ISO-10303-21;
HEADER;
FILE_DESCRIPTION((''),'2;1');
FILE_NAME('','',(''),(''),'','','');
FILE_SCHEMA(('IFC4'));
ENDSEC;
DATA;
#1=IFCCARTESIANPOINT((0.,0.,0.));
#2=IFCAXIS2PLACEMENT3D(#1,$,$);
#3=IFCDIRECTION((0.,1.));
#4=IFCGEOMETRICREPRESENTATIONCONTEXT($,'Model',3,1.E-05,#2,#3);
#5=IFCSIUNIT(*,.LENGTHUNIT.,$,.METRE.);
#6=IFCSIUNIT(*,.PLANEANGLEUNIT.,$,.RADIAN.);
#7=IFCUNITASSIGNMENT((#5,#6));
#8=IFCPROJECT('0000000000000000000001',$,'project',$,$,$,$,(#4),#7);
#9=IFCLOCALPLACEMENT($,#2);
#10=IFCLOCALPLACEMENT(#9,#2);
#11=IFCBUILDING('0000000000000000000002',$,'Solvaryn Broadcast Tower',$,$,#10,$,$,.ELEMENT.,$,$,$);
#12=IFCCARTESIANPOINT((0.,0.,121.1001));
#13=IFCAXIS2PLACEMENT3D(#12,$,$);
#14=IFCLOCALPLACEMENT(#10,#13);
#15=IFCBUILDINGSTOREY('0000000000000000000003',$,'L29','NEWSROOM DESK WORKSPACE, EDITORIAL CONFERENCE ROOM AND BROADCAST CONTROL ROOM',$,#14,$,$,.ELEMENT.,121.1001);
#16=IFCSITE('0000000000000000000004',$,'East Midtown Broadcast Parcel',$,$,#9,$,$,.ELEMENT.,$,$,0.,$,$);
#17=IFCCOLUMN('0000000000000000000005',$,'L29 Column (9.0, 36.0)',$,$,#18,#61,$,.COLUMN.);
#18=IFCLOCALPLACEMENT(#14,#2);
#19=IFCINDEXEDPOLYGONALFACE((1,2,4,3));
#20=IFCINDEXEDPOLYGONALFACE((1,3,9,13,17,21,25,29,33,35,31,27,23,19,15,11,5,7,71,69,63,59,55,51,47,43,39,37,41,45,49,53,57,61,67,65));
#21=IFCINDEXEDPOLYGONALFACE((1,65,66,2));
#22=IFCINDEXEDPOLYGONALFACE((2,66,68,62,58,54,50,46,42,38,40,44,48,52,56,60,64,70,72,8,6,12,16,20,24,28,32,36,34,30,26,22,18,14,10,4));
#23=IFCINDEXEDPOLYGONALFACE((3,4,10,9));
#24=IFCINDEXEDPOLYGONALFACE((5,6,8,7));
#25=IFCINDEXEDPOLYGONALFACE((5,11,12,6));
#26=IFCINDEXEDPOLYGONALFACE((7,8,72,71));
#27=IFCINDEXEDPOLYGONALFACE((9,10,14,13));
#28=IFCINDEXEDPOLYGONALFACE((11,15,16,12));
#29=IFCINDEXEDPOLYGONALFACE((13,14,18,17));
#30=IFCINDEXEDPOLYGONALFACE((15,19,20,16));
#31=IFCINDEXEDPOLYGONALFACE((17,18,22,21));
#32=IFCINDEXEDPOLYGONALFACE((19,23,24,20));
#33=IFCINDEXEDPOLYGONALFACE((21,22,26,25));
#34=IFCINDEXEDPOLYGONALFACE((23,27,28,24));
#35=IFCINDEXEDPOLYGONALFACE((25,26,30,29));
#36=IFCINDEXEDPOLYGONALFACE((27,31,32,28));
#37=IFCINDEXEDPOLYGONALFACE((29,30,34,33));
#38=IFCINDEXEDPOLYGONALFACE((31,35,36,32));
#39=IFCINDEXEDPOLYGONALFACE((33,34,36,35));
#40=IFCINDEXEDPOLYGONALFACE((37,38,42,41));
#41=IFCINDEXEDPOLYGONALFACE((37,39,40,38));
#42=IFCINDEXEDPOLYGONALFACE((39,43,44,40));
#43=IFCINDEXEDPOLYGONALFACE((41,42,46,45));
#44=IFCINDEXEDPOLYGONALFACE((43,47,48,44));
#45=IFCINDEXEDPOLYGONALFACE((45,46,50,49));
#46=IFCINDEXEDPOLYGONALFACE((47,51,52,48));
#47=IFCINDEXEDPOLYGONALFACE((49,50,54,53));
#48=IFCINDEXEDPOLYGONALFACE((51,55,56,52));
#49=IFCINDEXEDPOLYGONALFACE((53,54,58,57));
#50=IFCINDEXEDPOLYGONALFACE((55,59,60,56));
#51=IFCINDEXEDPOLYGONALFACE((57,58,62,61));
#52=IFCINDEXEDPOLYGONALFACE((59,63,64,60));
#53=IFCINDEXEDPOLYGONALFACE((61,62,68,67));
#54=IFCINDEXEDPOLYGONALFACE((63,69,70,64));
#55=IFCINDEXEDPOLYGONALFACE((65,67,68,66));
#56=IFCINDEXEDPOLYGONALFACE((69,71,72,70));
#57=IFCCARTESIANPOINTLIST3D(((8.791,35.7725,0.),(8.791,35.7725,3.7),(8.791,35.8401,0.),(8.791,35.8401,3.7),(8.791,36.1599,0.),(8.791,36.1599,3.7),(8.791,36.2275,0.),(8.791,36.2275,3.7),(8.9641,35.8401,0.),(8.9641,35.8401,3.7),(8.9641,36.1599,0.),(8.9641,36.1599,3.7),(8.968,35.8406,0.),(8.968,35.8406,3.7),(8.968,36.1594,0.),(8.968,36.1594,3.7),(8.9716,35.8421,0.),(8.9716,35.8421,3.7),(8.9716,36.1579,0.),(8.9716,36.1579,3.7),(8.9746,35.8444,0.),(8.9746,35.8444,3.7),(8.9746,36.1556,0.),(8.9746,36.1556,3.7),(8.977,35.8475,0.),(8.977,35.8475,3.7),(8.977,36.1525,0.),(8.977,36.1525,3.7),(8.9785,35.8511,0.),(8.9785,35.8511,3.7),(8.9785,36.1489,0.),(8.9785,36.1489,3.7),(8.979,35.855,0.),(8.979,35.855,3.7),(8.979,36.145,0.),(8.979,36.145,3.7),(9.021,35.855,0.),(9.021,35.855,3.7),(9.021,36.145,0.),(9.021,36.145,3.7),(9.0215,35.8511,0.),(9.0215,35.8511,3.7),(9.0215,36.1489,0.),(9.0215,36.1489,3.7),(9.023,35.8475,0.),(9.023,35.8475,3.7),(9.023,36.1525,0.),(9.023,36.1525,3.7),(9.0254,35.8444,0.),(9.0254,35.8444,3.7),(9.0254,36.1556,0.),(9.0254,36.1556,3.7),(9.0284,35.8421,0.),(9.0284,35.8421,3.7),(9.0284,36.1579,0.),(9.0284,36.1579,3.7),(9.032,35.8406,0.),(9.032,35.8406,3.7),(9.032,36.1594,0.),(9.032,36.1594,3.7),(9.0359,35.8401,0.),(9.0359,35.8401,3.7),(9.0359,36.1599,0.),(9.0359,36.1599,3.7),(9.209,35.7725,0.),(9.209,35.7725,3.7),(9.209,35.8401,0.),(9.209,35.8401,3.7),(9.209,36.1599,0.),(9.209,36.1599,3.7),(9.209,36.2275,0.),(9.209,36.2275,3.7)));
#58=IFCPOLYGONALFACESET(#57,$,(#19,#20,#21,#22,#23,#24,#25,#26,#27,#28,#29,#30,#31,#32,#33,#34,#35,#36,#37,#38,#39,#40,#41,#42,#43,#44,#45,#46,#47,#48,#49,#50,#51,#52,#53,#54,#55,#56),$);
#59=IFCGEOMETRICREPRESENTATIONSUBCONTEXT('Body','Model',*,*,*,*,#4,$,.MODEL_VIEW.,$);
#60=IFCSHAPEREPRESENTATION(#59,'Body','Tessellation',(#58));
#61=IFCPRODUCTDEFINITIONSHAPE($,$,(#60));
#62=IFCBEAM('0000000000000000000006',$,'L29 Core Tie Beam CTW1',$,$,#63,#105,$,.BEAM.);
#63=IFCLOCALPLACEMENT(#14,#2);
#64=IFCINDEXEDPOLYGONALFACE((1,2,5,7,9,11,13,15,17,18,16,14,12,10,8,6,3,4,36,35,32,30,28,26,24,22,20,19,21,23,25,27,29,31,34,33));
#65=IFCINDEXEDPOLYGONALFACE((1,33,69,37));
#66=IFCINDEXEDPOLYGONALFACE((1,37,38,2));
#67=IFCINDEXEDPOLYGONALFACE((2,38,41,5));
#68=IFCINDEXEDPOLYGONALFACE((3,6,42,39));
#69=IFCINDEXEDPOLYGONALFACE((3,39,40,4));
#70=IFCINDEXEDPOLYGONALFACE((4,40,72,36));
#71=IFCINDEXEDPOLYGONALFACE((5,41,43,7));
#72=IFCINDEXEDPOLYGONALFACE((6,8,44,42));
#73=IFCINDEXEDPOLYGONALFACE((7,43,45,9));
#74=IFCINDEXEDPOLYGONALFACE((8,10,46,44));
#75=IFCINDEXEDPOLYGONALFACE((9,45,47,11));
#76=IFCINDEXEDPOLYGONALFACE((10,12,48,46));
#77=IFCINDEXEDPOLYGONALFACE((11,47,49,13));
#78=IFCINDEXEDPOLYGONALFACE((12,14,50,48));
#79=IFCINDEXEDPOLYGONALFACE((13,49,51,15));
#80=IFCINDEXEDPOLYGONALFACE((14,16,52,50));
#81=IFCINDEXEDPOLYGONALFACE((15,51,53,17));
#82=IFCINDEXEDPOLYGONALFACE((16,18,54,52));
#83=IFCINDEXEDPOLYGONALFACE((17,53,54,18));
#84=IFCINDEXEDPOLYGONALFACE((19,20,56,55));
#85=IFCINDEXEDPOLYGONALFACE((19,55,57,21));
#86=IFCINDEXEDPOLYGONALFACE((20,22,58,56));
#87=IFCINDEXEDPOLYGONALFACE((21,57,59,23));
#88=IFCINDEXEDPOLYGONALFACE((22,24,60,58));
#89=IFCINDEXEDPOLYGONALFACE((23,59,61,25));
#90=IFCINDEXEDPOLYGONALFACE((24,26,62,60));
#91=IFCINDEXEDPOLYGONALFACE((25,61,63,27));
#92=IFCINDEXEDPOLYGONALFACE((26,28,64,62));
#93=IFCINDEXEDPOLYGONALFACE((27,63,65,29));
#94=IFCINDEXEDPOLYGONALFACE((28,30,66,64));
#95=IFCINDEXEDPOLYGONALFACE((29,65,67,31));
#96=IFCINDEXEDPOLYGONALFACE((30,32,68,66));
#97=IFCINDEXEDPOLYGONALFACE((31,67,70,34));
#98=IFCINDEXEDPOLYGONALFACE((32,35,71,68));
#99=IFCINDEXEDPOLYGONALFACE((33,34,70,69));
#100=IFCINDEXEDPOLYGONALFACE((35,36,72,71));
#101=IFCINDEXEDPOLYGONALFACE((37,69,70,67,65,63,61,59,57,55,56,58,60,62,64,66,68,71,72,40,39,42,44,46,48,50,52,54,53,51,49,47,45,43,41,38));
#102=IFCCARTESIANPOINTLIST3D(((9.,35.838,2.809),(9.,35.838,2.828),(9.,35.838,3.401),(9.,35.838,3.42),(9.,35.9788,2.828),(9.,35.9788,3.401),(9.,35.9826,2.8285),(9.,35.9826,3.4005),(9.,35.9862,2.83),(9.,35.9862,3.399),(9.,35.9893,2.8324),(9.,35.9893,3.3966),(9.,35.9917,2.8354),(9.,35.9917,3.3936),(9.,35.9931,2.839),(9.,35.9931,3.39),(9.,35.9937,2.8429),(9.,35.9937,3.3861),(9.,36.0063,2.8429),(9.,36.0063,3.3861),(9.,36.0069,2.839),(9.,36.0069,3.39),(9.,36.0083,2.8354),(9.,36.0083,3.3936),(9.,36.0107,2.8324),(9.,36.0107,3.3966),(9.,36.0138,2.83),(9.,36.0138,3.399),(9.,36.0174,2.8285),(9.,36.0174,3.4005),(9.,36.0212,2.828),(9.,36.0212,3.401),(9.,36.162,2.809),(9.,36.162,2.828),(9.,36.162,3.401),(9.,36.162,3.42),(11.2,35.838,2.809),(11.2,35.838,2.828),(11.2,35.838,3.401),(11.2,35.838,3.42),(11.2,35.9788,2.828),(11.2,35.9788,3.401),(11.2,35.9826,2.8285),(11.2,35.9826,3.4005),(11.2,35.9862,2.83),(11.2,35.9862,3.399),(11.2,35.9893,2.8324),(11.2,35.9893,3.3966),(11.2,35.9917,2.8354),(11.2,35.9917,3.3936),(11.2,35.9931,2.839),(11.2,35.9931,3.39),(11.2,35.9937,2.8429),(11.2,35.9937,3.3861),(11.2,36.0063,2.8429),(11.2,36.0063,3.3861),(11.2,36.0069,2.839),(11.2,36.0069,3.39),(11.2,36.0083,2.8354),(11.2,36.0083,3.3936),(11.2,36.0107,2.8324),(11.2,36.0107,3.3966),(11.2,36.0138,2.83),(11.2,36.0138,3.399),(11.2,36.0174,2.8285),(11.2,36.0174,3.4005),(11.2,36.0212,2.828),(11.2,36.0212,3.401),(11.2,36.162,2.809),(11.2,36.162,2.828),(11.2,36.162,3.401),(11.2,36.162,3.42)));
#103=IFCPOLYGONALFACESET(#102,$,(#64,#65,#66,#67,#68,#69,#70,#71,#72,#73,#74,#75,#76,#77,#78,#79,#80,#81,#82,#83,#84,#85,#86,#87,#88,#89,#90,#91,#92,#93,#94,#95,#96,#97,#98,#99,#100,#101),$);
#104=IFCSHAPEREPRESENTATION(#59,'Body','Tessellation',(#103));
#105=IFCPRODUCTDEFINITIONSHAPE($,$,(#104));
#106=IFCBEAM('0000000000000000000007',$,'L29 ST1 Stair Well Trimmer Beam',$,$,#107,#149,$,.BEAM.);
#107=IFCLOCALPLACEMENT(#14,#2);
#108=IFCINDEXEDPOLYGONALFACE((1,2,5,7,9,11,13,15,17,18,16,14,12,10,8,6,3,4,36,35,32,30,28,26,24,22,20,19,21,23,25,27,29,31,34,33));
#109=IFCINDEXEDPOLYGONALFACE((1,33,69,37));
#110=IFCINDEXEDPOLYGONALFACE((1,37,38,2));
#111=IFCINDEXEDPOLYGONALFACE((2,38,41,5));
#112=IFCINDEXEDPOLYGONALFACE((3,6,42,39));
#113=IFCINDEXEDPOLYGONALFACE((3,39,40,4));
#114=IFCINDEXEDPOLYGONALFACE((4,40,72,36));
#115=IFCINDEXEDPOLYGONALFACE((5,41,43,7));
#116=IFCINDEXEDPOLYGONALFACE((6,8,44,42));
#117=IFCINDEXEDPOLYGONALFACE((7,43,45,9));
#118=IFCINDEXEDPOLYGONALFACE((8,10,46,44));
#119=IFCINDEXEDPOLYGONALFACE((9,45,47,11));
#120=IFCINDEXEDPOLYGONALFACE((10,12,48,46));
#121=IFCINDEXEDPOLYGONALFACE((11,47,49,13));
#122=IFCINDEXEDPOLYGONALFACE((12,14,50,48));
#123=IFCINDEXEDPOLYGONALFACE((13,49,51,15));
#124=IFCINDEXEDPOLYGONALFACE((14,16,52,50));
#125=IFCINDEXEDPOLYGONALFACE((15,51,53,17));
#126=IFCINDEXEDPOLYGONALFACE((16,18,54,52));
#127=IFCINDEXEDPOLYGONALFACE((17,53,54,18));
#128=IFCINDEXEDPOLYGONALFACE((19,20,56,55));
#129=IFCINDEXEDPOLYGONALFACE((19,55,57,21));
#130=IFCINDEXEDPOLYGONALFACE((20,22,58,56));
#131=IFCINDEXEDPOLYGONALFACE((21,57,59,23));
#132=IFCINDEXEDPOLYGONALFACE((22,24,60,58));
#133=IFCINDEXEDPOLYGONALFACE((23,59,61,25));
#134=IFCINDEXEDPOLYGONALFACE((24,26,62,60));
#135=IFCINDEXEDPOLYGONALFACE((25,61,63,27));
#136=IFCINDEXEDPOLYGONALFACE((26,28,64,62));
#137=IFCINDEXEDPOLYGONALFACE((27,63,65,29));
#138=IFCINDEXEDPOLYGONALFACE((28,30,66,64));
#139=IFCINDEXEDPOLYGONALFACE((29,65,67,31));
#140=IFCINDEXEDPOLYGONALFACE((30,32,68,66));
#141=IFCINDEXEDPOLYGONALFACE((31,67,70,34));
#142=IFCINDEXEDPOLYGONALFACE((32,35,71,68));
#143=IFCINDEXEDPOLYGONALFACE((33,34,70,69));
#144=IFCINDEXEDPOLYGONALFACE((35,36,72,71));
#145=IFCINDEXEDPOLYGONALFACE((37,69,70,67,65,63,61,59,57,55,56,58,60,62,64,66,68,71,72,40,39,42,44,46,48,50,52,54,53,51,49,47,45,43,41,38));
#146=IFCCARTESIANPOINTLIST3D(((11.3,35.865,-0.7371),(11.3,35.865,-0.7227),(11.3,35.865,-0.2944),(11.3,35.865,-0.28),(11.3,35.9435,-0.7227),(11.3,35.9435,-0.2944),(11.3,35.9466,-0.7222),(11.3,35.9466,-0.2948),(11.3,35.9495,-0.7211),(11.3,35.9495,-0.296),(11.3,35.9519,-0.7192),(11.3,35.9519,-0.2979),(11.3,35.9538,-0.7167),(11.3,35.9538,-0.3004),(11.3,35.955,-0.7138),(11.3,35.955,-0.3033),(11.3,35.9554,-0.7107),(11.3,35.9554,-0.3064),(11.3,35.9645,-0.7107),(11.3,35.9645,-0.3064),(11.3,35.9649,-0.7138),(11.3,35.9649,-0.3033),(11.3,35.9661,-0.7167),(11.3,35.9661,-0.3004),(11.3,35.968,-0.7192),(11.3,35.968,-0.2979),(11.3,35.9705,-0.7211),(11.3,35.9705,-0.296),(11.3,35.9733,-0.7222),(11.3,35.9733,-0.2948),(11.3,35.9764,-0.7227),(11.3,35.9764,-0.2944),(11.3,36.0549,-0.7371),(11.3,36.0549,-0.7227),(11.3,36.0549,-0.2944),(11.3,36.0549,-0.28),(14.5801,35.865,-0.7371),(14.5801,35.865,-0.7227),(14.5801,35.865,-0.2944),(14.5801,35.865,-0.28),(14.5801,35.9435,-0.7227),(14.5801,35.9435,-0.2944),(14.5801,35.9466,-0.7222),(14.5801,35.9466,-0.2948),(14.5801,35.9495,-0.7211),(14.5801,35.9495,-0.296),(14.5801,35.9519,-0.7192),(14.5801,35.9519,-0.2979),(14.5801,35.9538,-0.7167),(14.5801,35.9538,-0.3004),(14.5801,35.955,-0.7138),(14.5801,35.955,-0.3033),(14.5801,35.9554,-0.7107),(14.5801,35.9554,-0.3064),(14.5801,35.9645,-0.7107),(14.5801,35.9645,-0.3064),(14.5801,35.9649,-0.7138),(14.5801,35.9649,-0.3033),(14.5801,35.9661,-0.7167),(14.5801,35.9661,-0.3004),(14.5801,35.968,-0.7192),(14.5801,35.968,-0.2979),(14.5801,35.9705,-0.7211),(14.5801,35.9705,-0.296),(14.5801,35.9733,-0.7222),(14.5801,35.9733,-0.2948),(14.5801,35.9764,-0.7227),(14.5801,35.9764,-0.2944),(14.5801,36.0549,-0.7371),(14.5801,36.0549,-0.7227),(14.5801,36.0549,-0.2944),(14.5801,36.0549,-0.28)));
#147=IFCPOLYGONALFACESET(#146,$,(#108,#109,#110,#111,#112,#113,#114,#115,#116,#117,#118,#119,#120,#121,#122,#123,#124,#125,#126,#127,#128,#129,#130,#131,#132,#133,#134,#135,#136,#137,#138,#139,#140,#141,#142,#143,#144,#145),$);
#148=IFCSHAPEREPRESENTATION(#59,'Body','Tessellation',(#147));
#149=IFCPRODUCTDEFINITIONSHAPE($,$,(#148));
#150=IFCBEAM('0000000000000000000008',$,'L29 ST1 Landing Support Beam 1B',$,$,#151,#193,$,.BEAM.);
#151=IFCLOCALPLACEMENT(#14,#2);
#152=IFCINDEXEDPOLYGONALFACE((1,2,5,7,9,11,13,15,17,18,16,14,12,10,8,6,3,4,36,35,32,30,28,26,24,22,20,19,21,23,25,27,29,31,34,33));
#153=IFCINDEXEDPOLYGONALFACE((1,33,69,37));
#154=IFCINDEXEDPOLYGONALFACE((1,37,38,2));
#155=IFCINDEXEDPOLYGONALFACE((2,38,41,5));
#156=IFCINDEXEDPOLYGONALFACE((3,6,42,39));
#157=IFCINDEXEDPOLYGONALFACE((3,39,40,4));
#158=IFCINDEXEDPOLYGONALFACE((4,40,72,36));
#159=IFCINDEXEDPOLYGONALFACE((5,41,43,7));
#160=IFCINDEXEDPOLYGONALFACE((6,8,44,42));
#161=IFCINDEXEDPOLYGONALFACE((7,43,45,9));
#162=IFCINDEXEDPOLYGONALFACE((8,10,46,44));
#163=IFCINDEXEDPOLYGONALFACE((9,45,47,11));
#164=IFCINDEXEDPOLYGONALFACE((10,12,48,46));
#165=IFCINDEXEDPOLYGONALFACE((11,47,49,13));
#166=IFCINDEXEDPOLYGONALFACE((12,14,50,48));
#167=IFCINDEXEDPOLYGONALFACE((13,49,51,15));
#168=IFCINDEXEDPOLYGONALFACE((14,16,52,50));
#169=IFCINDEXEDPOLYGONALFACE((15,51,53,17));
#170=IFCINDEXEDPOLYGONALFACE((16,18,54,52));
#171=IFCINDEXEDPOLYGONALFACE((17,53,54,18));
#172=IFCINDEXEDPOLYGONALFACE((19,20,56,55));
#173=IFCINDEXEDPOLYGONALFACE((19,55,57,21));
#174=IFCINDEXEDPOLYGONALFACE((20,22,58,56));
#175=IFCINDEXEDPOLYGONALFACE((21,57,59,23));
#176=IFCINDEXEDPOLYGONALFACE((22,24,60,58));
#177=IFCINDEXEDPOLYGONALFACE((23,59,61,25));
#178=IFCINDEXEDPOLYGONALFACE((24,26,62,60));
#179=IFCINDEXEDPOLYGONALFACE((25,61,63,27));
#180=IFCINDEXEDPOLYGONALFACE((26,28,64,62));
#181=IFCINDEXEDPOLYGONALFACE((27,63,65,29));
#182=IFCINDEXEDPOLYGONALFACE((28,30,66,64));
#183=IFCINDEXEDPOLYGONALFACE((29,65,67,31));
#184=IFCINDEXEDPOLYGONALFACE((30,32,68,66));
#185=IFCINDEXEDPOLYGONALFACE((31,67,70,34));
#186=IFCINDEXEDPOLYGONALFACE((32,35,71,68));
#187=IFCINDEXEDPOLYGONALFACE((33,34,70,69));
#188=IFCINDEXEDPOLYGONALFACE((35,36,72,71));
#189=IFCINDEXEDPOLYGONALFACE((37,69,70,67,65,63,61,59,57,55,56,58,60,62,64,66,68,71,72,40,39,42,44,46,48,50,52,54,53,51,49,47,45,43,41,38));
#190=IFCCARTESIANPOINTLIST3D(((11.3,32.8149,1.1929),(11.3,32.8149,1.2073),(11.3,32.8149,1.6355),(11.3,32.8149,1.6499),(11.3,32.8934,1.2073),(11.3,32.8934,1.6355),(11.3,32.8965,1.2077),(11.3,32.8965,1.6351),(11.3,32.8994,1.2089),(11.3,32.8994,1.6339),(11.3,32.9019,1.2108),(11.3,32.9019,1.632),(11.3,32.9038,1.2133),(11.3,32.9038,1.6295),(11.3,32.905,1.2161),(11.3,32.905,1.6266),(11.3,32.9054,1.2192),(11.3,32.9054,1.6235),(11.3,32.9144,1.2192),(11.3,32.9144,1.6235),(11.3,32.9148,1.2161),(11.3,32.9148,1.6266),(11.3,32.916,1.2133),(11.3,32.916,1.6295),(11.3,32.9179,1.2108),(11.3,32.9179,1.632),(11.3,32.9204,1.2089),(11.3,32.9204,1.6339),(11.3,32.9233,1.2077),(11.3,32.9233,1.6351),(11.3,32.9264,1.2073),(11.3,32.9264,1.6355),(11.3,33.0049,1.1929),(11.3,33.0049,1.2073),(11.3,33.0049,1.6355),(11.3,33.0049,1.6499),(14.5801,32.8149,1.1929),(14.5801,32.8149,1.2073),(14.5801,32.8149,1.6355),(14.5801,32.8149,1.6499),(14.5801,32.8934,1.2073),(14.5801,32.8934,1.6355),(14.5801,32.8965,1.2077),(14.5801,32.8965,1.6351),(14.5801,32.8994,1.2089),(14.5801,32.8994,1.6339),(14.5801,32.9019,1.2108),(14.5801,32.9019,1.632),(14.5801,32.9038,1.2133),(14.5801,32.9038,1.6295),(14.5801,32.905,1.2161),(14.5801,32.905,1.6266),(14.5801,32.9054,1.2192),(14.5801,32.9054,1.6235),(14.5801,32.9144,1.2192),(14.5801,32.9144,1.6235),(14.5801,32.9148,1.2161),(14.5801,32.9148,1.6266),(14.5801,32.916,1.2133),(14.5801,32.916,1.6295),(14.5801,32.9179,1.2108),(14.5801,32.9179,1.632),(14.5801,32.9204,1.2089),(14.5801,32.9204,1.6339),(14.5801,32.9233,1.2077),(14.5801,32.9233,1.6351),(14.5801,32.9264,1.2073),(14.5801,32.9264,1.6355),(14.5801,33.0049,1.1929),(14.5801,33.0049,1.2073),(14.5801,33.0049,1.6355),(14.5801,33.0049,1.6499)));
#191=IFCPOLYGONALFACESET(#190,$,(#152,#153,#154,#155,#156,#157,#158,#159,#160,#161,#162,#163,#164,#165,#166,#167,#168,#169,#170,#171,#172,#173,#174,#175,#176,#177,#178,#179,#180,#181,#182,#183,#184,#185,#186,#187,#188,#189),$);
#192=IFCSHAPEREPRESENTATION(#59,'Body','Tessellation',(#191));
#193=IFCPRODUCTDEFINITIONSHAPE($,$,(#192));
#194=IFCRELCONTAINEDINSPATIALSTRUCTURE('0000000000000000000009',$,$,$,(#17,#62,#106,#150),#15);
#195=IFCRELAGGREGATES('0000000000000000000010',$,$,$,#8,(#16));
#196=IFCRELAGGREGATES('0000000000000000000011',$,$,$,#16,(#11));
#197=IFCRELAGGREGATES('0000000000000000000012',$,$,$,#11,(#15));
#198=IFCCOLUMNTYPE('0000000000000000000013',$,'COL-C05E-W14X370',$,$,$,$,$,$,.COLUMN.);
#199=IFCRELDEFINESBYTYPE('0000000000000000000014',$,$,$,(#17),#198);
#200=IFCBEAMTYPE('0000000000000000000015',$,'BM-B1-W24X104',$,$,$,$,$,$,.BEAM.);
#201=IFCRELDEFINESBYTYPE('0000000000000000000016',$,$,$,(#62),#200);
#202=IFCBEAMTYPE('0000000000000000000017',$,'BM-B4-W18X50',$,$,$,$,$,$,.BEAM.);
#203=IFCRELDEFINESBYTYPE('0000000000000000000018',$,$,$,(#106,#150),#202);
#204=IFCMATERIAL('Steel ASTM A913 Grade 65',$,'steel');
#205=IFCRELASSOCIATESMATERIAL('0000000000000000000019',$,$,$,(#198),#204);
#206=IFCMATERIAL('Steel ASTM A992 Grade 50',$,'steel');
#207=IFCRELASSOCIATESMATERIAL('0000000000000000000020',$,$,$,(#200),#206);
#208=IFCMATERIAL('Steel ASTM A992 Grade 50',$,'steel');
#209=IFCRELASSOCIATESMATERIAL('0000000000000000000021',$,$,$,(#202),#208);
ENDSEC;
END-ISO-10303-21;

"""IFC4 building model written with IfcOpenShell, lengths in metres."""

from ifc_helpers import new_model, si_unit, direction, frame, origin, origin_2d, place, context, subcontext, project, spatial, i_section, extrude, material, material_profile, profile_set, type_object, element, save


model = new_model("IFC4")

# Units and contexts
model_context = context("Model", 3, precision=1e-05, world=origin(), true_north=direction((0.0, 1.0)))
body_context = subcontext(model_context, "Body", "Model", "MODEL_VIEW")
ifc_project = project(units=[si_unit("LENGTHUNIT", "METRE"), si_unit("PLANEANGLEUNIT", "RADIAN")], contexts=[model_context])

# Site, building, storey
site_placement = place(None, origin())
site = spatial("IfcSite", under=ifc_project, at=site_placement, Name="East Midtown Broadcast Parcel", CompositionType="ELEMENT", RefElevation=0.0)
building_placement = place(site_placement, origin())
building = spatial("IfcBuilding", under=site, at=building_placement, Name="Solvaryn Broadcast Tower", CompositionType="ELEMENT")
storey_placement = place(building_placement, frame((0.0, 0.0, 121.1001)))
storey = spatial("IfcBuildingStorey", under=building, at=storey_placement, Name="L29", Description="NEWSROOM DESK WORKSPACE, EDITORIAL CONFERENCE ROOM AND BROADCAST CONTROL ROOM", CompositionType="ELEMENT", Elevation=121.1001)

# Column
ifc_material_1 = material(Name="Steel ASTM A913 Grade 65", Category="steel")
ifc_material_profile_1 = material_profile(ifc_material_1, i_section(OverallWidth=0.418, OverallDepth=0.4551, WebThickness=0.042, FlangeThickness=0.0676, FilletRadius=0.0149, at=origin_2d()))
ifc_profile_set_1 = profile_set([ifc_material_profile_1], Name="Steel ASTM A913 Grade 65")
column_type = type_object("IfcColumnType", Name="COL-C05E-W14X370", PredefinedType="COLUMN", material=ifc_profile_set_1)
column_placement = place(storey_placement, frame((9.0, 36.0, 0.0), z_axis=(0.0, 0.0, 1.0), x_axis=(1.0, 0.0, 0.0)))
element("IfcColumn", 1, at=column_placement, inside=storey, type_object=column_type, Name="L29 Column (9.0, 36.0)", PredefinedType="COLUMN", context=body_context, shape_type="SweptSolid", body=[
    extrude(i_section(OverallWidth=0.418, OverallDepth=0.4551, WebThickness=0.042, FlangeThickness=0.0676, FilletRadius=0.0149, at=origin_2d()), origin(), (0.0, 0.0, 1.0), 3.7),
])

# Beams
ifc_material_2 = material(Name="Steel ASTM A992 Grade 50", Category="steel")
ifc_material_profile_2 = material_profile(ifc_material_2, i_section(OverallWidth=0.324, OverallDepth=0.6111, WebThickness=0.0127, FlangeThickness=0.019, FilletRadius=0.0149, at=origin_2d()))
ifc_profile_set_2 = profile_set([ifc_material_profile_2], Name="Steel ASTM A992 Grade 50")
beam_type_1 = type_object("IfcBeamType", Name="BM-B1-W24X104", PredefinedType="BEAM", material=ifc_profile_set_2)
beam_1_placement = place(storey_placement, frame((9.0, 36.0, 3.1145), z_axis=(1.0, 0.0, 0.0), x_axis=(0.0, 1.0, 0.0)))
element("IfcBeam", 2, at=beam_1_placement, inside=storey, type_object=beam_type_1, Name="L29 Core Tie Beam CTW1", PredefinedType="BEAM", context=body_context, shape_type="SweptSolid", body=[
    extrude(i_section(OverallWidth=0.324, OverallDepth=0.6111, WebThickness=0.0127, FlangeThickness=0.019, FilletRadius=0.0149, at=origin_2d()), origin(), (0.0, 0.0, 1.0), 2.2),
])
ifc_material_3 = material(Name="Steel ASTM A992 Grade 50", Category="steel")
ifc_material_profile_3 = material_profile(ifc_material_3, i_section(OverallWidth=0.1899, OverallDepth=0.457, WebThickness=0.009, FlangeThickness=0.0144, FilletRadius=0.012, at=origin_2d()))
ifc_profile_set_3 = profile_set([ifc_material_profile_3], Name="Steel ASTM A992 Grade 50")
beam_type_2 = type_object("IfcBeamType", Name="BM-B4-W18X50", PredefinedType="BEAM", material=ifc_profile_set_3)
for number, where, z_axis, x_axis, name in (
    (3, (11.3, 35.96, -0.5085), (1.0, 0.0, 0.0), (0.0, 1.0, 0.0), "L29 ST1 Stair Well Trimmer Beam"),
    (4, (11.3, 32.9099, 1.4214), (1.0, 0.0, 0.0), (0.0, 1.0, 0.0), "L29 ST1 Landing Support Beam 1B"),
):
    element("IfcBeam", number, at=place(storey_placement, frame(where, z_axis=z_axis, x_axis=x_axis)), inside=storey, type_object=beam_type_2, Name=name, PredefinedType="BEAM", context=body_context, shape_type="SweptSolid", body=[
        extrude(i_section(OverallWidth=0.1899, OverallDepth=0.457, WebThickness=0.009, FlangeThickness=0.0144, FilletRadius=0.012, at=origin_2d()), origin(), (0.0, 0.0, 1.0), 3.28),
    ])

save(model, "model.ifc")
